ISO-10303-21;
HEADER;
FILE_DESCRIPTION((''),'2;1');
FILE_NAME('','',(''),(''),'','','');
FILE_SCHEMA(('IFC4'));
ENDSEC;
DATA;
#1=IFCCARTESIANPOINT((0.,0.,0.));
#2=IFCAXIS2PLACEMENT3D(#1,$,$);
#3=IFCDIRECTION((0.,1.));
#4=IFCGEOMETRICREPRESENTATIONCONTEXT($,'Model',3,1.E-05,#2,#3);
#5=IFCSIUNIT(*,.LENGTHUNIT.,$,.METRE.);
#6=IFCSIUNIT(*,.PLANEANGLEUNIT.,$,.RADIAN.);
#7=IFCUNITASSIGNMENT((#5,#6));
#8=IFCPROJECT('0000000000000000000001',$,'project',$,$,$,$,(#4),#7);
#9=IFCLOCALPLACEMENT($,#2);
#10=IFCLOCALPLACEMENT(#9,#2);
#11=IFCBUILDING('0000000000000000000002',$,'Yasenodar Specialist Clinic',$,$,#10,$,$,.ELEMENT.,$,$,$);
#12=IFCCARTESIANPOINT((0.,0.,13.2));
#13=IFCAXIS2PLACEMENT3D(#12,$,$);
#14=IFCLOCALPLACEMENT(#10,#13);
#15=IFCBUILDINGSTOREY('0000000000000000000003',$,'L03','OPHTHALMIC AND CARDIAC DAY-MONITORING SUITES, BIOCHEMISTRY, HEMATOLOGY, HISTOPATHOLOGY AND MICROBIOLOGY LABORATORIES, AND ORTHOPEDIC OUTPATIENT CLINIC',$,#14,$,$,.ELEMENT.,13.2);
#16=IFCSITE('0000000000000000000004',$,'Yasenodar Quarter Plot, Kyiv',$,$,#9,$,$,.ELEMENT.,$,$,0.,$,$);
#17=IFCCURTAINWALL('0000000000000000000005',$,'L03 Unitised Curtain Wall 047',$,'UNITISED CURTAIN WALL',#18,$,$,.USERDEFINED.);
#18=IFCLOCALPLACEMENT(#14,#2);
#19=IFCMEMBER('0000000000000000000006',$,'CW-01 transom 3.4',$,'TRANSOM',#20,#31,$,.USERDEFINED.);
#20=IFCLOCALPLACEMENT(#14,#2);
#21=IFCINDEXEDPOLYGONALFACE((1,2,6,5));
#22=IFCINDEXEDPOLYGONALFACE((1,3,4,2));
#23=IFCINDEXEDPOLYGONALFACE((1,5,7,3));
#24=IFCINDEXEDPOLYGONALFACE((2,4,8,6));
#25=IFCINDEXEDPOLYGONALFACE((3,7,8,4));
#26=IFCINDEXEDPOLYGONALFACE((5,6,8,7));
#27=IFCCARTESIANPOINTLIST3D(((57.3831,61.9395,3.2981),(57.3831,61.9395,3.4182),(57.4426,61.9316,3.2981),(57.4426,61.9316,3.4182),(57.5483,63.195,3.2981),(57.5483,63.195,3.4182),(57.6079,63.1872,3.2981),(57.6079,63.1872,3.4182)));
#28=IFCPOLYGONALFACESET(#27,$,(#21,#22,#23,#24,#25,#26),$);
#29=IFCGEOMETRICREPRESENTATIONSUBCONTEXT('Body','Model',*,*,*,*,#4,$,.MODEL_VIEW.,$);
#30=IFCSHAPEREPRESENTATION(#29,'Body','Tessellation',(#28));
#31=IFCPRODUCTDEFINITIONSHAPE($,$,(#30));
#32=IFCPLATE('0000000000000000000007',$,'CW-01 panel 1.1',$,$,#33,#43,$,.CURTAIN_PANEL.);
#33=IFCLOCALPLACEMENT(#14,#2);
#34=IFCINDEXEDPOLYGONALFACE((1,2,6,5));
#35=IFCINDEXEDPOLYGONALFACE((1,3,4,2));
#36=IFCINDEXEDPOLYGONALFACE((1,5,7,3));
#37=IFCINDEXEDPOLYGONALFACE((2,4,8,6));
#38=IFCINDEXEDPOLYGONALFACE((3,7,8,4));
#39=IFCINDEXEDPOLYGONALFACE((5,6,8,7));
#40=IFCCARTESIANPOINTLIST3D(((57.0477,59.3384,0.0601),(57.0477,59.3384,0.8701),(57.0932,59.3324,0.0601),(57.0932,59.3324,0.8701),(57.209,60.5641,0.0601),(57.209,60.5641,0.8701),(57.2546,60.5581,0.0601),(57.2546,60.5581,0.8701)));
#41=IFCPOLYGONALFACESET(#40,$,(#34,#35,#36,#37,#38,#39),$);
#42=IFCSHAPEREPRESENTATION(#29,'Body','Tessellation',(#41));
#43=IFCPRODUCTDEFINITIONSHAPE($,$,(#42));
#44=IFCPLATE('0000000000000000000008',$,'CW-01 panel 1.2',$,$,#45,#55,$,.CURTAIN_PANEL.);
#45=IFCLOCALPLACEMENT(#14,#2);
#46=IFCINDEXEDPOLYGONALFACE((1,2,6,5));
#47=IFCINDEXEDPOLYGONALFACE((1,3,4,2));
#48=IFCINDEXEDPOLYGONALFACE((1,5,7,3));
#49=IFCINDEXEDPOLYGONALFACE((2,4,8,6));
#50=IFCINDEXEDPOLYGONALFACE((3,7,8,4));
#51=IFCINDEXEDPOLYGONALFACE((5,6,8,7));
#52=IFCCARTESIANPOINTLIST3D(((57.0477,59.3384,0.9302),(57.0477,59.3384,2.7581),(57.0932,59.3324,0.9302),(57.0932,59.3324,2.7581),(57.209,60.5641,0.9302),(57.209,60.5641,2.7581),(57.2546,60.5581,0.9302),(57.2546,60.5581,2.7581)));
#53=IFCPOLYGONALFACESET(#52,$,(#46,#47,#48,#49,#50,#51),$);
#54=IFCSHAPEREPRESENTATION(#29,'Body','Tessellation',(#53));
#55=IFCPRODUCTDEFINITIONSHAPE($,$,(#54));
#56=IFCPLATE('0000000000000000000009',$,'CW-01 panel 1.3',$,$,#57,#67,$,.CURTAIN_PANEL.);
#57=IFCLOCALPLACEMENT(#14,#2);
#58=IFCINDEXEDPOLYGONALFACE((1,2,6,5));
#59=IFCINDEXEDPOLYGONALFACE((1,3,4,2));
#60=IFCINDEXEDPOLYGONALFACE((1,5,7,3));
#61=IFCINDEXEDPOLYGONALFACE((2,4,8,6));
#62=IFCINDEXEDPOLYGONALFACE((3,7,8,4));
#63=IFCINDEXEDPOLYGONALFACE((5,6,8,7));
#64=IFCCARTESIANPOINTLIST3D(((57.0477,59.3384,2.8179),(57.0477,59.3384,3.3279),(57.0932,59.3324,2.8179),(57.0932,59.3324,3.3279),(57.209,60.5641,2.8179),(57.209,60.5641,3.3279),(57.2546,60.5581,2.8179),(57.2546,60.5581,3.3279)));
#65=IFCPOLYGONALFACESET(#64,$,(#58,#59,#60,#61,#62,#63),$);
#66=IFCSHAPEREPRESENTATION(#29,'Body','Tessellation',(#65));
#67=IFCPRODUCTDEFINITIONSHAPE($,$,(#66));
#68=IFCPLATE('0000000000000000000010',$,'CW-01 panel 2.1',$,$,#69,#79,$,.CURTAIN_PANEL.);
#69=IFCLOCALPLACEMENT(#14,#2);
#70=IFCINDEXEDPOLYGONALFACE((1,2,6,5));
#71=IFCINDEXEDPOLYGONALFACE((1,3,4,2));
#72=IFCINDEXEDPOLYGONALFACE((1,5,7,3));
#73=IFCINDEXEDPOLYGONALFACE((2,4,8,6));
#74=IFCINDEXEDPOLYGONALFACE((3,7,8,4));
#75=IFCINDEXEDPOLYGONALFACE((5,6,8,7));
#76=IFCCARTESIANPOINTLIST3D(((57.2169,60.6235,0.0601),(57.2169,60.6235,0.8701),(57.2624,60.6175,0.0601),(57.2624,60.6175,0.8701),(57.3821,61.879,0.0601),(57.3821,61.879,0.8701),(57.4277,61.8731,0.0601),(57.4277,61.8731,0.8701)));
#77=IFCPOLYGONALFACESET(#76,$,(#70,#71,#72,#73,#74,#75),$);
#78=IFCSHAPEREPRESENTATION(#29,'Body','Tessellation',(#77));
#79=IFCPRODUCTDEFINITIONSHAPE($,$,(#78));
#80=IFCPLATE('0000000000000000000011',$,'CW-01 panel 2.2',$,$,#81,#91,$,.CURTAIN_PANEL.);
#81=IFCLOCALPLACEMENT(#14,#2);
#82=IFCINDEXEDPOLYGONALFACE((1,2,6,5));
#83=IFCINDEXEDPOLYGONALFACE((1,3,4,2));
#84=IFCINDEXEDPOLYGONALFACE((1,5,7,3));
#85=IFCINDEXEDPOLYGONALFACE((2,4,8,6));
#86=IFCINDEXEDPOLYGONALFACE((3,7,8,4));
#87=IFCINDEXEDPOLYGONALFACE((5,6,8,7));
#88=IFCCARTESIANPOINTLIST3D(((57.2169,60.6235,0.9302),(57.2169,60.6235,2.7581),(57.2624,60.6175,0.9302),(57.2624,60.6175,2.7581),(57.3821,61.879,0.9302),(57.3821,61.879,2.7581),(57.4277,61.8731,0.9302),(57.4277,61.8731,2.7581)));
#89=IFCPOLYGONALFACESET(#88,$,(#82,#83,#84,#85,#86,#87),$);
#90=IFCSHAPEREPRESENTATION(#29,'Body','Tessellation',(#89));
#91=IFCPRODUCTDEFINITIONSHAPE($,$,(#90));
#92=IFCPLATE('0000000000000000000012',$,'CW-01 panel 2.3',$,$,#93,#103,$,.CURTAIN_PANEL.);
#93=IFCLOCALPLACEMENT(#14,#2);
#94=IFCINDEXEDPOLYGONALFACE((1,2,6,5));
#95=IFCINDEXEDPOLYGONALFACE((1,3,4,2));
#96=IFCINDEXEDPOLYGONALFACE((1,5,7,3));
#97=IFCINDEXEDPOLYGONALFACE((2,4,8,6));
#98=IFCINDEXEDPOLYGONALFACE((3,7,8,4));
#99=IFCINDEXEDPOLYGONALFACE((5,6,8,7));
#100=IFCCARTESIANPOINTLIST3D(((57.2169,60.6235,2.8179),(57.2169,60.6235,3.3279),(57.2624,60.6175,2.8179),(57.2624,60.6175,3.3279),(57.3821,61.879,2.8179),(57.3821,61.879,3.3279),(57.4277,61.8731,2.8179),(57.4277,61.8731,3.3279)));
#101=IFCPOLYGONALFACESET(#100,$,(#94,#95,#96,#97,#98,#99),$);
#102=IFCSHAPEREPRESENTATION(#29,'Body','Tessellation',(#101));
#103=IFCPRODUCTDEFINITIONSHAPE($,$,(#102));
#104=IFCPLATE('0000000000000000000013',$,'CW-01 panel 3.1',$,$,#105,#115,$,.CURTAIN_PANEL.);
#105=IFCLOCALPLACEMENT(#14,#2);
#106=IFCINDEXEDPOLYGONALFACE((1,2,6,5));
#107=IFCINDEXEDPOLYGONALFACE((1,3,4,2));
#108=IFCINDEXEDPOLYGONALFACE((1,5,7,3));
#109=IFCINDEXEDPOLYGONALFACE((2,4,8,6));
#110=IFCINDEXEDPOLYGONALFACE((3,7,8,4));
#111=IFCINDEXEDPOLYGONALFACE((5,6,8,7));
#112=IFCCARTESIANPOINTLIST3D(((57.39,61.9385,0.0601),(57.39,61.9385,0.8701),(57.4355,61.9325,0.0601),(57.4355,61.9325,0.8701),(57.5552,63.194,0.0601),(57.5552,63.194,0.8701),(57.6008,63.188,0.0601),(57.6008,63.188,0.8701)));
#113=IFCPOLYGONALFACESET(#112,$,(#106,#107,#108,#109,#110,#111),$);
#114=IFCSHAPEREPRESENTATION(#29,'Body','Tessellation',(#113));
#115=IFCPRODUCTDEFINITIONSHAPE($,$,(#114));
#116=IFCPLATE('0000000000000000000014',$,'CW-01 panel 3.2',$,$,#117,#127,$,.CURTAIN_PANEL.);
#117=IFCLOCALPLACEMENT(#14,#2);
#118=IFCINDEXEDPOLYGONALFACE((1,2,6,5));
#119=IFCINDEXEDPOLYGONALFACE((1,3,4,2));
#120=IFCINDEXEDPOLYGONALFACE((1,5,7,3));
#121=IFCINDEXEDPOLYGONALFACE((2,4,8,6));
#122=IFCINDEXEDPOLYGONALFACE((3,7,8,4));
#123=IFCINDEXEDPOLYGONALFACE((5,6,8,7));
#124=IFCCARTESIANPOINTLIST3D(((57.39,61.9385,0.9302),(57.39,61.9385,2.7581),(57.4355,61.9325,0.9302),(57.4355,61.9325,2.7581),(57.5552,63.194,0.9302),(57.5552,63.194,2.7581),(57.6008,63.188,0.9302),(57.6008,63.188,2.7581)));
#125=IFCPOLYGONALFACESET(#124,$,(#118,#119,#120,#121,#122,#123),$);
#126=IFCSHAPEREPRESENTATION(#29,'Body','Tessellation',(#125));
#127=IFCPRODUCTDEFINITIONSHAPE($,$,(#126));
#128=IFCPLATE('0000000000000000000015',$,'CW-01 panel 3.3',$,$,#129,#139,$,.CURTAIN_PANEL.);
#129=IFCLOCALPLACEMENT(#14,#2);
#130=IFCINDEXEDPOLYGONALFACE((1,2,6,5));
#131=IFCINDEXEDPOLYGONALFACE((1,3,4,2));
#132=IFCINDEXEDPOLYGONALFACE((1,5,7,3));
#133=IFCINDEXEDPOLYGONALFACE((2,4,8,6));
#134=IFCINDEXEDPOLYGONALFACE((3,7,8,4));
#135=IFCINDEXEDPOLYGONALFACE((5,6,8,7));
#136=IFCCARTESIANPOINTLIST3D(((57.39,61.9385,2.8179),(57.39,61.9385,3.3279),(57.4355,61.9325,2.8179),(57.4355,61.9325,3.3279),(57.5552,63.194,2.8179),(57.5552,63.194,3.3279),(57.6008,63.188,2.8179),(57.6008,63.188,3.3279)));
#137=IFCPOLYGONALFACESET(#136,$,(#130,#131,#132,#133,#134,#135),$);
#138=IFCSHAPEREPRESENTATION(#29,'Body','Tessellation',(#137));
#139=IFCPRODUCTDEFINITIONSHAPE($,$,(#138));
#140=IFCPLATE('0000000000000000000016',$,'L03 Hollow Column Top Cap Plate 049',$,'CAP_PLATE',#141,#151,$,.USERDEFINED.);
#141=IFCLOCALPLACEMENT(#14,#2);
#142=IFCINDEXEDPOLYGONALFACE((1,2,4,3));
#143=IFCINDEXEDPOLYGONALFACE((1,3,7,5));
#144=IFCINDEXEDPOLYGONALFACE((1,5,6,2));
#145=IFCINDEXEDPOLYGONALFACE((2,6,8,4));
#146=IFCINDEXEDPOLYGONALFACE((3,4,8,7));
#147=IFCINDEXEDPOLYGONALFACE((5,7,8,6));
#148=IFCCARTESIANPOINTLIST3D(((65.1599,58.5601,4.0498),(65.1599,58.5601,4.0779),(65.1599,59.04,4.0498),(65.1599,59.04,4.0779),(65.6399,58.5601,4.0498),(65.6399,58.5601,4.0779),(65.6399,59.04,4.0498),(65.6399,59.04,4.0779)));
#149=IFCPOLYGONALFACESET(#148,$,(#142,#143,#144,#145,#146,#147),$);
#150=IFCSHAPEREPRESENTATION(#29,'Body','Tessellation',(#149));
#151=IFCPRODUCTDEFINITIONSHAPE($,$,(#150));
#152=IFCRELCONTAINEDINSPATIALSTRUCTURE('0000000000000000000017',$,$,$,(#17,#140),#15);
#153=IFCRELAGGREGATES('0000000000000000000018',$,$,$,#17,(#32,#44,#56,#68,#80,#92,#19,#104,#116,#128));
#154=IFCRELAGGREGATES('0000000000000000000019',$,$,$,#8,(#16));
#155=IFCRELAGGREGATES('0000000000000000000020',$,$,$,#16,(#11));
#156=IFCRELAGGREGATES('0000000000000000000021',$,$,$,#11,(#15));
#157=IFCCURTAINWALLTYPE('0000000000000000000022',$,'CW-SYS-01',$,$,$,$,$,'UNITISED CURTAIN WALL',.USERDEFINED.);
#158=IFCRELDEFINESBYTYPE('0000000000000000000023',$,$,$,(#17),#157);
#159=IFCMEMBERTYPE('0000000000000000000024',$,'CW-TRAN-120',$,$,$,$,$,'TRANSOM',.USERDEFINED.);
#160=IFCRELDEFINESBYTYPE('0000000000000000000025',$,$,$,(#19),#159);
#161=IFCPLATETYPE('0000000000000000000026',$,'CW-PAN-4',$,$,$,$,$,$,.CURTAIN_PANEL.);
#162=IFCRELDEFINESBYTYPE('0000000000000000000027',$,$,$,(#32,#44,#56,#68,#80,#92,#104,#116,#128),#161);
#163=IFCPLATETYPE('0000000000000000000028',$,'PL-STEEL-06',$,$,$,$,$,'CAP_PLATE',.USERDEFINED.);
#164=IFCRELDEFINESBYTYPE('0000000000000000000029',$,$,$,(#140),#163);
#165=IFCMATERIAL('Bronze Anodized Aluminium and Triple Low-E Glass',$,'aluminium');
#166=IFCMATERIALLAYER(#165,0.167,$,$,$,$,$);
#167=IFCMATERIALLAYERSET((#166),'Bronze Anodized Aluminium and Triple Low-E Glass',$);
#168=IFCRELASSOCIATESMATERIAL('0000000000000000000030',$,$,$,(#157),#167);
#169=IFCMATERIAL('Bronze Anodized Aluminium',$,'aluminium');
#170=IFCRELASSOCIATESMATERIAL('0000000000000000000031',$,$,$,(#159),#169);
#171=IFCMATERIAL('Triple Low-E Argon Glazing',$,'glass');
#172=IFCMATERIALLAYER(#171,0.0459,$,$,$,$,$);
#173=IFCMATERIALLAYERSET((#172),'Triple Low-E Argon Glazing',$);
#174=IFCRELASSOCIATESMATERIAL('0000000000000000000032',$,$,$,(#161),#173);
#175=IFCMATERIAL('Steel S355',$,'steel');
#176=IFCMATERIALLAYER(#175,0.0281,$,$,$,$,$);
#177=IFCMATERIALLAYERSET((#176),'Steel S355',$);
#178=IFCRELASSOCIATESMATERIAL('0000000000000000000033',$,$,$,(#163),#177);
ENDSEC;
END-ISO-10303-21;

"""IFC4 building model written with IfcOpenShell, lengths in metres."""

from ifc_helpers import new_model, si_unit, direction, frame, origin, origin_2d, place, context, subcontext, project, spatial, rectangle, extrude, material, layer, layer_set, material_profile, profile_set, type_object, element, aggregate, save


model = new_model("IFC4")

# Units and contexts
model_context = context("Model", 3, precision=1e-05, world=origin(), true_north=direction((0.0, 1.0)))
body_context = subcontext(model_context, "Body", "Model", "MODEL_VIEW")
ifc_project = project(units=[si_unit("LENGTHUNIT", "METRE"), si_unit("PLANEANGLEUNIT", "RADIAN")], contexts=[model_context])

# Site, building, storey
site_placement = place(None, origin())
site = spatial("IfcSite", under=ifc_project, at=site_placement, Name="Yasenodar Quarter Plot, Kyiv", CompositionType="ELEMENT", RefElevation=0.0)
building_placement = place(site_placement, origin())
building = spatial("IfcBuilding", under=site, at=building_placement, Name="Yasenodar Specialist Clinic", CompositionType="ELEMENT")
storey_placement = place(building_placement, frame((0.0, 0.0, 13.2)))
storey = spatial("IfcBuildingStorey", under=building, at=storey_placement, Name="L03", Description="OPHTHALMIC AND CARDIAC DAY-MONITORING SUITES, BIOCHEMISTRY, HEMATOLOGY, HISTOPATHOLOGY AND MICROBIOLOGY LABORATORIES, AND ORTHOPEDIC OUTPATIENT CLINIC", CompositionType="ELEMENT", Elevation=13.2)

# Shared definitions
ifc_material_1 = material(Name="Steel S355", Category="steel")

# Curtain wall, member, plates
ifc_material_2 = material(Name="Bronze Anodized Aluminium and Triple Low-E Glass", Category="aluminium")
ifc_layer_1 = layer(ifc_material_2, 0.167)
ifc_layer_set_1 = layer_set([ifc_layer_1], Name="Bronze Anodized Aluminium and Triple Low-E Glass")
curtain_wall_type = type_object("IfcCurtainWallType", Name="CW-SYS-01", ElementType="UNITISED CURTAIN WALL", PredefinedType="USERDEFINED", material=ifc_layer_set_1)
curtain_wall_placement = place(storey_placement, origin())
curtain_wall = element("IfcCurtainWall", 1, at=curtain_wall_placement, inside=storey, type_object=curtain_wall_type, Name="L03 Unitised Curtain Wall 047", ObjectType="UNITISED CURTAIN WALL", PredefinedType="USERDEFINED")
ifc_material_3 = material(Name="Bronze Anodized Aluminium", Category="aluminium")
ifc_material_profile_1 = material_profile(ifc_material_3, rectangle(XDim=0.0601, YDim=0.1201, at=origin_2d()), Name="CW-TRAN 60x120")
ifc_profile_set_1 = profile_set([ifc_material_profile_1], Name="Bronze Anodized Aluminium")
member_type_1 = type_object("IfcMemberType", Name="CW-TRAN-120", ElementType="TRANSOM", PredefinedType="USERDEFINED", material=ifc_profile_set_1)
member_1_placement = place(storey_placement, frame((57.4128, 61.9355, 3.3582), z_axis=(0.130509, 0.991447, 0.0), x_axis=(-0.991447, 0.130509, 0.0)))
member_1 = element("IfcMember", 2, at=member_1_placement, type_object=member_type_1, Name="CW-01 transom 3.4", ObjectType="TRANSOM", PredefinedType="USERDEFINED", context=body_context, shape_type="SweptSolid", body=[
    extrude(rectangle(XDim=0.0601, YDim=0.1201, at=origin_2d()), origin(), (0.0, 0.0, 1.0), 1.2664),
])
ifc_material_4 = material(Name="Triple Low-E Argon Glazing", Category="glass")
ifc_layer_2 = layer(ifc_material_4, 0.0459)
ifc_layer_set_2 = layer_set([ifc_layer_2], Name="Triple Low-E Argon Glazing")
plate_type_1 = type_object("IfcPlateType", Name="CW-PAN-4", PredefinedType="CURTAIN_PANEL", material=ifc_layer_set_2)
plate_1_placement = place(storey_placement, frame((57.1511, 59.9482, 0.0601), z_axis=(0.0, 0.0, 1.0), x_axis=(0.130512, 0.991447, 0.0)))
plate_1 = element("IfcPlate", 3, at=plate_1_placement, type_object=plate_type_1, Name="CW-01 panel 1.1", PredefinedType="CURTAIN_PANEL", context=body_context, shape_type="SweptSolid", body=[
    extrude(rectangle(XDim=1.2363, YDim=0.0459, at=origin_2d()), origin(), (0.0, 0.0, 1.0), 0.8101),
])
plate_2_placement = place(storey_placement, frame((57.1511, 59.9482, 0.9302), z_axis=(0.0, 0.0, 1.0), x_axis=(0.130512, 0.991447, 0.0)))
plate_2 = element("IfcPlate", 4, at=plate_2_placement, type_object=plate_type_1, Name="CW-01 panel 1.2", PredefinedType="CURTAIN_PANEL", context=body_context, shape_type="SweptSolid", body=[
    extrude(rectangle(XDim=1.2363, YDim=0.0459, at=origin_2d()), origin(), (0.0, 0.0, 1.0), 1.8279),
])
plate_3_placement = place(storey_placement, frame((57.1511, 59.9482, 2.8179), z_axis=(0.0, 0.0, 1.0), x_axis=(0.130512, 0.991447, 0.0)))
plate_3 = element("IfcPlate", 5, at=plate_3_placement, type_object=plate_type_1, Name="CW-01 panel 1.3", PredefinedType="CURTAIN_PANEL", context=body_context, shape_type="SweptSolid", body=[
    extrude(rectangle(XDim=1.2363, YDim=0.0459, at=origin_2d()), origin(), (0.0, 0.0, 1.0), 0.51),
])
plate_4_placement = place(storey_placement, frame((57.3223, 61.2483, 0.0601), z_axis=(0.0, 0.0, 1.0), x_axis=(0.130512, 0.991447, 0.0)))
plate_4 = element("IfcPlate", 6, at=plate_4_placement, type_object=plate_type_1, Name="CW-01 panel 2.1", PredefinedType="CURTAIN_PANEL", context=body_context, shape_type="SweptSolid", body=[
    extrude(rectangle(XDim=1.2664, YDim=0.0459, at=origin_2d()), origin(), (0.0, 0.0, 1.0), 0.8101),
])
plate_5_placement = place(storey_placement, frame((57.3223, 61.2483, 0.9302), z_axis=(0.0, 0.0, 1.0), x_axis=(0.130512, 0.991447, 0.0)))
plate_5 = element("IfcPlate", 7, at=plate_5_placement, type_object=plate_type_1, Name="CW-01 panel 2.2", PredefinedType="CURTAIN_PANEL", context=body_context, shape_type="SweptSolid", body=[
    extrude(rectangle(XDim=1.2664, YDim=0.0459, at=origin_2d()), origin(), (0.0, 0.0, 1.0), 1.8279),
])
plate_6_placement = place(storey_placement, frame((57.3223, 61.2483, 2.8179), z_axis=(0.0, 0.0, 1.0), x_axis=(0.130512, 0.991447, 0.0)))
plate_6 = element("IfcPlate", 8, at=plate_6_placement, type_object=plate_type_1, Name="CW-01 panel 2.3", PredefinedType="CURTAIN_PANEL", context=body_context, shape_type="SweptSolid", body=[
    extrude(rectangle(XDim=1.2664, YDim=0.0459, at=origin_2d()), origin(), (0.0, 0.0, 1.0), 0.51),
])
plate_7_placement = place(storey_placement, frame((57.4954, 62.5632, 0.0601), z_axis=(0.0, 0.0, 1.0), x_axis=(0.130512, 0.991447, 0.0)))
plate_7 = element("IfcPlate", 9, at=plate_7_placement, type_object=plate_type_1, Name="CW-01 panel 3.1", PredefinedType="CURTAIN_PANEL", context=body_context, shape_type="SweptSolid", body=[
    extrude(rectangle(XDim=1.2664, YDim=0.0459, at=origin_2d()), origin(), (0.0, 0.0, 1.0), 0.8101),
])
plate_8_placement = place(storey_placement, frame((57.4954, 62.5632, 0.9302), z_axis=(0.0, 0.0, 1.0), x_axis=(0.130512, 0.991447, 0.0)))
plate_8 = element("IfcPlate", 10, at=plate_8_placement, type_object=plate_type_1, Name="CW-01 panel 3.2", PredefinedType="CURTAIN_PANEL", context=body_context, shape_type="SweptSolid", body=[
    extrude(rectangle(XDim=1.2664, YDim=0.0459, at=origin_2d()), origin(), (0.0, 0.0, 1.0), 1.8279),
])
plate_9_placement = place(storey_placement, frame((57.4954, 62.5632, 2.8179), z_axis=(0.0, 0.0, 1.0), x_axis=(0.130512, 0.991447, 0.0)))
plate_9 = element("IfcPlate", 11, at=plate_9_placement, type_object=plate_type_1, Name="CW-01 panel 3.3", PredefinedType="CURTAIN_PANEL", context=body_context, shape_type="SweptSolid", body=[
    extrude(rectangle(XDim=1.2664, YDim=0.0459, at=origin_2d()), origin(), (0.0, 0.0, 1.0), 0.51),
])
aggregate(curtain_wall, [plate_1, plate_2, plate_3, plate_4, plate_5, plate_6, member_1, plate_7, plate_8, plate_9])

# Plate
ifc_layer_3 = layer(ifc_material_1, 0.0281)
ifc_layer_set_3 = layer_set([ifc_layer_3], Name="Steel S355")
plate_type_2 = type_object("IfcPlateType", Name="PL-STEEL-06", ElementType="CAP_PLATE", PredefinedType="USERDEFINED", material=ifc_layer_set_3)
plate_10_placement = place(storey_placement, frame((65.3999, 58.8, 4.0498), z_axis=(0.0, 0.0, 1.0), x_axis=(1.0, 0.0, 0.0)))
element("IfcPlate", 12, at=plate_10_placement, inside=storey, type_object=plate_type_2, Name="L03 Hollow Column Top Cap Plate 049", ObjectType="CAP_PLATE", PredefinedType="USERDEFINED", context=body_context, shape_type="SweptSolid", body=[
    extrude(rectangle(XDim=0.48, YDim=0.48, at=origin_2d()), origin(), (0.0, 0.0, 1.0), 0.0281),
])

save(model, "model.ifc")
